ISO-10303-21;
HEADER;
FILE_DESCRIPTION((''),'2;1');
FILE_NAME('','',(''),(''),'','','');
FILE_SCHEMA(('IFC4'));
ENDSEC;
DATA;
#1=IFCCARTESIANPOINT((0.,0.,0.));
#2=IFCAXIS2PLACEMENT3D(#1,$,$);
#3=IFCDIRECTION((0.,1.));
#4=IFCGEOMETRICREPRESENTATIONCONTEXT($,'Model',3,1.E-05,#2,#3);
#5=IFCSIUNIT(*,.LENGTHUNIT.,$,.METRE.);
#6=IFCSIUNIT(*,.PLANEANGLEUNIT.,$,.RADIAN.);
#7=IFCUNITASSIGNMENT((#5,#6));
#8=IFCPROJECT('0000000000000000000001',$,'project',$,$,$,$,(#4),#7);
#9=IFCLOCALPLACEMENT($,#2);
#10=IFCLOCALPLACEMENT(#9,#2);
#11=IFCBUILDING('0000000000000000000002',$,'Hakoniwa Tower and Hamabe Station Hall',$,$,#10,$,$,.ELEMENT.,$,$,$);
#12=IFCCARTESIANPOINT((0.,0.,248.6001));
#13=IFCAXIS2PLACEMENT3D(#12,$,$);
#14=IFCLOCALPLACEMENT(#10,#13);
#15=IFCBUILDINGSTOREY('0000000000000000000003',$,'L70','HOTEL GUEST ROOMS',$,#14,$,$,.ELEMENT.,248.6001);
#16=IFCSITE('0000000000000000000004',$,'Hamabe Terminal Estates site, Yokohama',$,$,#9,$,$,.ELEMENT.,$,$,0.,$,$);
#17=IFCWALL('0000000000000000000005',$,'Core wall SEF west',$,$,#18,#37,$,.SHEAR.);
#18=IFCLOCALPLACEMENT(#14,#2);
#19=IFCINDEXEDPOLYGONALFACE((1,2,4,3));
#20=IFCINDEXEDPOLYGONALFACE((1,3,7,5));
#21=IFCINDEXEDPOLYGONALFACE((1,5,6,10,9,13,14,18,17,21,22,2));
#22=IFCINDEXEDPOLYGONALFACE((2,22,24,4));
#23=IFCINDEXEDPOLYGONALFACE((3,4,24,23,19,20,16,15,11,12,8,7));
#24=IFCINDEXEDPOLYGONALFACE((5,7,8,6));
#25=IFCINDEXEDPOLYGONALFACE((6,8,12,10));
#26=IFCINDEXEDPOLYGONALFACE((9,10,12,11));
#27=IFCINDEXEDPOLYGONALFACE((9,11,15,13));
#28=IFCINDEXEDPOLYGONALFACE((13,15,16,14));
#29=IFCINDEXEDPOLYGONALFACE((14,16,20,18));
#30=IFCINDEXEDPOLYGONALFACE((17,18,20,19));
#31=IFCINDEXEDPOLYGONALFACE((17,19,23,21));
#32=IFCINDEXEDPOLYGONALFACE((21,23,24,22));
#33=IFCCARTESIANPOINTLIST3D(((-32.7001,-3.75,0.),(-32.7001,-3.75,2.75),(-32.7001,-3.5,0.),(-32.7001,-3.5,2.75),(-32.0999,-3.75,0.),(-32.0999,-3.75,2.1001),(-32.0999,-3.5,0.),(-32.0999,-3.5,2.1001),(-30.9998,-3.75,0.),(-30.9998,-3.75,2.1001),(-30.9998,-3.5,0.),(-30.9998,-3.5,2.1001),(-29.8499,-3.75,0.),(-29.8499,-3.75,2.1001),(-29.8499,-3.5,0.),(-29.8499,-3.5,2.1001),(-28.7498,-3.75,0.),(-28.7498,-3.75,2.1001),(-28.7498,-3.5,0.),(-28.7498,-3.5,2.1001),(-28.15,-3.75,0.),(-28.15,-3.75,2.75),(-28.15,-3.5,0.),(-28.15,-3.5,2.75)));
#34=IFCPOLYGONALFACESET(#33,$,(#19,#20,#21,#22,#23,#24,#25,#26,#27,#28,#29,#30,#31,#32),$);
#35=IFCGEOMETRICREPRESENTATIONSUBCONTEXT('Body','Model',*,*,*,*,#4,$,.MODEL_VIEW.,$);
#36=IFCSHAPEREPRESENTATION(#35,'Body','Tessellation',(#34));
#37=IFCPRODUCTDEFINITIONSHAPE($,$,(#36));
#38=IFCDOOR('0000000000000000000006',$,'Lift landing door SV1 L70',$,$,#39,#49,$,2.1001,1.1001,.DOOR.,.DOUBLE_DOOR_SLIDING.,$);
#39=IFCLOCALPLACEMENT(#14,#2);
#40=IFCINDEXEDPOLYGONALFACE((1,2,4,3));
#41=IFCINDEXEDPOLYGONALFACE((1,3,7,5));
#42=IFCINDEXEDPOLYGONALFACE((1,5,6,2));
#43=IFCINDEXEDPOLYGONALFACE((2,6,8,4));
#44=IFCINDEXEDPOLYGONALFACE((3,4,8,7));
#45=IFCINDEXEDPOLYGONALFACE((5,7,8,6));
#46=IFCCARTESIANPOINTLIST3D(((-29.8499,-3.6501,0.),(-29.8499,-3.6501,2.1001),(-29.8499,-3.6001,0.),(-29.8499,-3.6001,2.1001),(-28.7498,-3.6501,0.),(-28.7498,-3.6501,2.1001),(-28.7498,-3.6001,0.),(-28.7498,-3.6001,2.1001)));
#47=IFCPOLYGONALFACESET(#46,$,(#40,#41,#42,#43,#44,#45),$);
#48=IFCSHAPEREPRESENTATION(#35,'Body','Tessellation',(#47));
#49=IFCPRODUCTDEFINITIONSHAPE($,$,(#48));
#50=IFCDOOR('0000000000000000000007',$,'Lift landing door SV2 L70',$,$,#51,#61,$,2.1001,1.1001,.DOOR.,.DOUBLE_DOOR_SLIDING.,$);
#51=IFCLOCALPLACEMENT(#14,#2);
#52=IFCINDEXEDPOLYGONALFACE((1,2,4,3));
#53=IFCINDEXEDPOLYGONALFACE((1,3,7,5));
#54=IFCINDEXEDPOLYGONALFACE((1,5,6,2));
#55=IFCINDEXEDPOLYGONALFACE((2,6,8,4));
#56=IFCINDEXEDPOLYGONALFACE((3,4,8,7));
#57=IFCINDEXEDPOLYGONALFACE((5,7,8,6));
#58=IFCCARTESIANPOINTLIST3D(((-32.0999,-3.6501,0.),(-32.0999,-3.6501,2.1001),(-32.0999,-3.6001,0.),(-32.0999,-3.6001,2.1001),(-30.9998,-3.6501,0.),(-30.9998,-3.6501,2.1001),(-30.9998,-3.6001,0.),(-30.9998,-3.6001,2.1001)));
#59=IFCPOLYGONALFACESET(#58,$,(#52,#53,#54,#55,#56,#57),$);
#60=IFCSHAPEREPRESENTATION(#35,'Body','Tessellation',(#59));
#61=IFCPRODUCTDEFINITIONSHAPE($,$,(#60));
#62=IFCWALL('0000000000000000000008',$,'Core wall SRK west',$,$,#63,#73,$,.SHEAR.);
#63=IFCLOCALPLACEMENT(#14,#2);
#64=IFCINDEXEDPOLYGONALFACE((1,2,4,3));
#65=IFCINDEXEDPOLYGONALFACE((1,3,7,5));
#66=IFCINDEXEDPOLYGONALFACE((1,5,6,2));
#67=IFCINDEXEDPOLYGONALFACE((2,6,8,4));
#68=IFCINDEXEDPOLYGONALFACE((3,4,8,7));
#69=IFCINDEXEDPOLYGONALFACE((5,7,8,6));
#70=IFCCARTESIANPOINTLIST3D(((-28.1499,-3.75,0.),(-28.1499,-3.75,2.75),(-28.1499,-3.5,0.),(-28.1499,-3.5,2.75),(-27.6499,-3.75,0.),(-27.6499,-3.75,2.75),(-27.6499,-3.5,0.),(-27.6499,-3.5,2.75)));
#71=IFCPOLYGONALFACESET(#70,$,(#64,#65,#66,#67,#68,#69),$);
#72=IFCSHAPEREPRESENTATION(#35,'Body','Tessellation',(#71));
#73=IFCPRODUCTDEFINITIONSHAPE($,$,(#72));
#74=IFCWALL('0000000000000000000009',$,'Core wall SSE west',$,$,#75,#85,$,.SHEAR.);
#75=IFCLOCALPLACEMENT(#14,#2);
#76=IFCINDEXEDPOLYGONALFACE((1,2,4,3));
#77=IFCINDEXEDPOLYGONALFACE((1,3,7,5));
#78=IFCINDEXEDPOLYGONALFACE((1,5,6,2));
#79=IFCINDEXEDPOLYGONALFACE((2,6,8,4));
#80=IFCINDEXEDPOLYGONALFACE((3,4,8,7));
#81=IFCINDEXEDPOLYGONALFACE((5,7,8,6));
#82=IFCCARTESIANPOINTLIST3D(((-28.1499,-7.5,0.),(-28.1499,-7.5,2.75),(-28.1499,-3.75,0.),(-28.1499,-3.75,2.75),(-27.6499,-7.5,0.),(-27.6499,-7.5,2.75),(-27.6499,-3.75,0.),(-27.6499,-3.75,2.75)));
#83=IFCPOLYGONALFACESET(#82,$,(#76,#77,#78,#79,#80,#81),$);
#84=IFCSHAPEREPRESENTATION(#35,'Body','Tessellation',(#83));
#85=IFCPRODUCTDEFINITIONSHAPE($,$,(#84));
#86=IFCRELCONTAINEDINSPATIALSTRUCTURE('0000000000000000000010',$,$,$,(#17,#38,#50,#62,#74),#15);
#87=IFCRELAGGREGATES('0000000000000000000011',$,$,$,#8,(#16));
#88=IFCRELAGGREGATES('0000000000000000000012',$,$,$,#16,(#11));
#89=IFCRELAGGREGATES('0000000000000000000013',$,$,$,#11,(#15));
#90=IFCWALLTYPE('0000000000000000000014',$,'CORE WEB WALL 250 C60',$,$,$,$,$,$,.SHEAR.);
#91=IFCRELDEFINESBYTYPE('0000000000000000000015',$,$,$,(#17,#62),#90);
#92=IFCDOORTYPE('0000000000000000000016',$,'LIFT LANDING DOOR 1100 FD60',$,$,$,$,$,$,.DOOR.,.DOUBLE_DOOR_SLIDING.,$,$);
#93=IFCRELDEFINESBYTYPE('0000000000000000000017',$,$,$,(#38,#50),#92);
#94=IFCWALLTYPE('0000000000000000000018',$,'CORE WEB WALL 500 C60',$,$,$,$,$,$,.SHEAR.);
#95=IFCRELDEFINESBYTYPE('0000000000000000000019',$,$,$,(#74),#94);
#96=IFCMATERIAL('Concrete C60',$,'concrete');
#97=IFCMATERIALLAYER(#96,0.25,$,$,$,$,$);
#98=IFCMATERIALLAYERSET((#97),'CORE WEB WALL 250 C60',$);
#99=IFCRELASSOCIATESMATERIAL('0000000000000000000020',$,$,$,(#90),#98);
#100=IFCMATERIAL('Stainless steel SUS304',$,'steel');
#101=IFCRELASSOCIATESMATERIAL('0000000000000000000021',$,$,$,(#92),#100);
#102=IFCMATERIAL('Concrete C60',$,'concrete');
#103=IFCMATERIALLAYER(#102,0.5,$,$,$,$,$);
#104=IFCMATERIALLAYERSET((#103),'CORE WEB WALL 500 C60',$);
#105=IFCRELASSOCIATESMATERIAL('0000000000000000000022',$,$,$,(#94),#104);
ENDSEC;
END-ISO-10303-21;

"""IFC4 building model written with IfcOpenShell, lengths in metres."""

from ifc_helpers import new_model, si_unit, direction, frame, frame_2d, origin, place, context, subcontext, project, spatial, rectangle, extrude, material, layer, layer_set, type_object, element, fill, save


model = new_model("IFC4")

# Units and contexts
model_context = context("Model", 3, precision=1e-05, world=origin(), true_north=direction((0.0, 1.0)))
body_context = subcontext(model_context, "Body", "Model", "MODEL_VIEW")
ifc_project = project(units=[si_unit("LENGTHUNIT", "METRE"), si_unit("PLANEANGLEUNIT", "RADIAN")], contexts=[model_context])

# Site, building, storey
site_placement = place(None, origin())
site = spatial("IfcSite", under=ifc_project, at=site_placement, Name="Hamabe Terminal Estates site, Yokohama", CompositionType="ELEMENT", RefElevation=0.0)
building_placement = place(site_placement, origin())
building = spatial("IfcBuilding", under=site, at=building_placement, Name="Hakoniwa Tower and Hamabe Station Hall", CompositionType="ELEMENT")
storey_placement = place(building_placement, frame((0.0, 0.0, 248.6001)))
storey = spatial("IfcBuildingStorey", under=building, at=storey_placement, Name="L70", Description="HOTEL GUEST ROOMS", CompositionType="ELEMENT", Elevation=248.6001)

# Shared definitions
ifc_material_1 = material(Name="Concrete C60", Category="concrete")
ifc_layer_1 = layer(ifc_material_1, 0.25)
ifc_layer_set_1 = layer_set([ifc_layer_1], Name="CORE WEB WALL 250 C60")
wall_type_1 = type_object("IfcWallType", Name="CORE WEB WALL 250 C60", PredefinedType="SHEAR", material=ifc_layer_set_1)
ifc_material_2 = material(Name="Stainless steel SUS304", Category="steel")
door_type_1 = type_object("IfcDoorType", Name="LIFT LANDING DOOR 1100 FD60", OperationType="DOUBLE_DOOR_SLIDING", PredefinedType="DOOR", material=ifc_material_2)

# Wall, openings, doors
wall_1_placement = place(storey_placement, frame((-32.7, -3.625, 0.0), z_axis=(0.0, 0.0, 1.0), x_axis=(1.0, 0.0, 0.0)))
wall_1 = element("IfcWall", 1, at=wall_1_placement, inside=storey, type_object=wall_type_1, Name="Core wall SEF west", PredefinedType="SHEAR", context=body_context, shape_type="SweptSolid", body=[
    extrude(rectangle(XDim=4.55, YDim=0.25, at=frame_2d((2.2749, 0.0))), origin(), (0.0, 0.0, 1.0), 2.75),
])
opening_1_placement = place(wall_1_placement, frame((2.8501, 0.0, 0.0)))
opening_1 = element("IfcOpeningElement", 2, at=opening_1_placement, cuts=wall_1, PredefinedType="OPENING", context=body_context, shape_type="SweptSolid", body=[
    extrude(rectangle(XDim=1.1001, YDim=2.1001, at=frame_2d((0.55, 1.05))), frame((0.0, 0.135, 0.0), z_axis=(0.0, -1.0, 0.0), x_axis=(1.0, 0.0, 0.0)), (0.0, 0.0, 1.0), 0.27),
])
opening_2_placement = place(wall_1_placement, frame((0.6001, 0.0, 0.0)))
opening_2 = element("IfcOpeningElement", 3, at=opening_2_placement, cuts=wall_1, PredefinedType="OPENING", context=body_context, shape_type="SweptSolid", body=[
    extrude(rectangle(XDim=1.1001, YDim=2.1001, at=frame_2d((0.55, 1.05))), frame((0.0, 0.135, 0.0), z_axis=(0.0, -1.0, 0.0), x_axis=(1.0, 0.0, 0.0)), (0.0, 0.0, 1.0), 0.27),
])
door_1_placement = place(opening_1_placement, origin())
door_1 = element("IfcDoor", 4, at=door_1_placement, inside=storey, type_object=door_type_1, Name="Lift landing door SV1 L70", OperationType="DOUBLE_DOOR_SLIDING", OverallHeight=2.1001, OverallWidth=1.1001, PredefinedType="DOOR", context=body_context, shape_type="SweptSolid", body=[
    extrude(rectangle(XDim=1.1001, YDim=2.1001, at=frame_2d((0.55, 1.05))), frame((0.0, 0.0249, 0.0), z_axis=(0.0, -1.0, 0.0), x_axis=(1.0, 0.0, 0.0)), (0.0, 0.0, 1.0), 0.05),
])
fill(opening_1, door_1)
door_2_placement = place(opening_2_placement, origin())
door_2 = element("IfcDoor", 5, at=door_2_placement, inside=storey, type_object=door_type_1, Name="Lift landing door SV2 L70", OperationType="DOUBLE_DOOR_SLIDING", OverallHeight=2.1001, OverallWidth=1.1001, PredefinedType="DOOR", context=body_context, shape_type="SweptSolid", body=[
    extrude(rectangle(XDim=1.1001, YDim=2.1001, at=frame_2d((0.55, 1.05))), frame((0.0, 0.0249, 0.0), z_axis=(0.0, -1.0, 0.0), x_axis=(1.0, 0.0, 0.0)), (0.0, 0.0, 1.0), 0.05),
])
fill(opening_2, door_2)

# Walls
wall_2_placement = place(storey_placement, frame((-28.1499, -3.625, 0.0), z_axis=(0.0, 0.0, 1.0), x_axis=(1.0, 0.0, 0.0)))
element("IfcWall", 6, at=wall_2_placement, inside=storey, type_object=wall_type_1, Name="Core wall SRK west", PredefinedType="SHEAR", context=body_context, shape_type="SweptSolid", body=[
    extrude(rectangle(XDim=0.5, YDim=0.25, at=frame_2d((0.25, 0.0))), origin(), (0.0, 0.0, 1.0), 2.75),
])
ifc_material_3 = material(Name="Concrete C60", Category="concrete")
ifc_layer_2 = layer(ifc_material_3, 0.5)
ifc_layer_set_2 = layer_set([ifc_layer_2], Name="CORE WEB WALL 500 C60")
wall_type_2 = type_object("IfcWallType", Name="CORE WEB WALL 500 C60", PredefinedType="SHEAR", material=ifc_layer_set_2)
wall_3_placement = place(storey_placement, frame((-27.8999, -7.5, 0.0), z_axis=(0.0, 0.0, 1.0), x_axis=(0.0, 1.0, 0.0)))
element("IfcWall", 7, at=wall_3_placement, inside=storey, type_object=wall_type_2, Name="Core wall SSE west", PredefinedType="SHEAR", context=body_context, shape_type="SweptSolid", body=[
    extrude(rectangle(XDim=3.75, YDim=0.5, at=frame_2d((1.875, 0.0))), origin(), (0.0, 0.0, 1.0), 2.75),
])

save(model, "model.ifc")
